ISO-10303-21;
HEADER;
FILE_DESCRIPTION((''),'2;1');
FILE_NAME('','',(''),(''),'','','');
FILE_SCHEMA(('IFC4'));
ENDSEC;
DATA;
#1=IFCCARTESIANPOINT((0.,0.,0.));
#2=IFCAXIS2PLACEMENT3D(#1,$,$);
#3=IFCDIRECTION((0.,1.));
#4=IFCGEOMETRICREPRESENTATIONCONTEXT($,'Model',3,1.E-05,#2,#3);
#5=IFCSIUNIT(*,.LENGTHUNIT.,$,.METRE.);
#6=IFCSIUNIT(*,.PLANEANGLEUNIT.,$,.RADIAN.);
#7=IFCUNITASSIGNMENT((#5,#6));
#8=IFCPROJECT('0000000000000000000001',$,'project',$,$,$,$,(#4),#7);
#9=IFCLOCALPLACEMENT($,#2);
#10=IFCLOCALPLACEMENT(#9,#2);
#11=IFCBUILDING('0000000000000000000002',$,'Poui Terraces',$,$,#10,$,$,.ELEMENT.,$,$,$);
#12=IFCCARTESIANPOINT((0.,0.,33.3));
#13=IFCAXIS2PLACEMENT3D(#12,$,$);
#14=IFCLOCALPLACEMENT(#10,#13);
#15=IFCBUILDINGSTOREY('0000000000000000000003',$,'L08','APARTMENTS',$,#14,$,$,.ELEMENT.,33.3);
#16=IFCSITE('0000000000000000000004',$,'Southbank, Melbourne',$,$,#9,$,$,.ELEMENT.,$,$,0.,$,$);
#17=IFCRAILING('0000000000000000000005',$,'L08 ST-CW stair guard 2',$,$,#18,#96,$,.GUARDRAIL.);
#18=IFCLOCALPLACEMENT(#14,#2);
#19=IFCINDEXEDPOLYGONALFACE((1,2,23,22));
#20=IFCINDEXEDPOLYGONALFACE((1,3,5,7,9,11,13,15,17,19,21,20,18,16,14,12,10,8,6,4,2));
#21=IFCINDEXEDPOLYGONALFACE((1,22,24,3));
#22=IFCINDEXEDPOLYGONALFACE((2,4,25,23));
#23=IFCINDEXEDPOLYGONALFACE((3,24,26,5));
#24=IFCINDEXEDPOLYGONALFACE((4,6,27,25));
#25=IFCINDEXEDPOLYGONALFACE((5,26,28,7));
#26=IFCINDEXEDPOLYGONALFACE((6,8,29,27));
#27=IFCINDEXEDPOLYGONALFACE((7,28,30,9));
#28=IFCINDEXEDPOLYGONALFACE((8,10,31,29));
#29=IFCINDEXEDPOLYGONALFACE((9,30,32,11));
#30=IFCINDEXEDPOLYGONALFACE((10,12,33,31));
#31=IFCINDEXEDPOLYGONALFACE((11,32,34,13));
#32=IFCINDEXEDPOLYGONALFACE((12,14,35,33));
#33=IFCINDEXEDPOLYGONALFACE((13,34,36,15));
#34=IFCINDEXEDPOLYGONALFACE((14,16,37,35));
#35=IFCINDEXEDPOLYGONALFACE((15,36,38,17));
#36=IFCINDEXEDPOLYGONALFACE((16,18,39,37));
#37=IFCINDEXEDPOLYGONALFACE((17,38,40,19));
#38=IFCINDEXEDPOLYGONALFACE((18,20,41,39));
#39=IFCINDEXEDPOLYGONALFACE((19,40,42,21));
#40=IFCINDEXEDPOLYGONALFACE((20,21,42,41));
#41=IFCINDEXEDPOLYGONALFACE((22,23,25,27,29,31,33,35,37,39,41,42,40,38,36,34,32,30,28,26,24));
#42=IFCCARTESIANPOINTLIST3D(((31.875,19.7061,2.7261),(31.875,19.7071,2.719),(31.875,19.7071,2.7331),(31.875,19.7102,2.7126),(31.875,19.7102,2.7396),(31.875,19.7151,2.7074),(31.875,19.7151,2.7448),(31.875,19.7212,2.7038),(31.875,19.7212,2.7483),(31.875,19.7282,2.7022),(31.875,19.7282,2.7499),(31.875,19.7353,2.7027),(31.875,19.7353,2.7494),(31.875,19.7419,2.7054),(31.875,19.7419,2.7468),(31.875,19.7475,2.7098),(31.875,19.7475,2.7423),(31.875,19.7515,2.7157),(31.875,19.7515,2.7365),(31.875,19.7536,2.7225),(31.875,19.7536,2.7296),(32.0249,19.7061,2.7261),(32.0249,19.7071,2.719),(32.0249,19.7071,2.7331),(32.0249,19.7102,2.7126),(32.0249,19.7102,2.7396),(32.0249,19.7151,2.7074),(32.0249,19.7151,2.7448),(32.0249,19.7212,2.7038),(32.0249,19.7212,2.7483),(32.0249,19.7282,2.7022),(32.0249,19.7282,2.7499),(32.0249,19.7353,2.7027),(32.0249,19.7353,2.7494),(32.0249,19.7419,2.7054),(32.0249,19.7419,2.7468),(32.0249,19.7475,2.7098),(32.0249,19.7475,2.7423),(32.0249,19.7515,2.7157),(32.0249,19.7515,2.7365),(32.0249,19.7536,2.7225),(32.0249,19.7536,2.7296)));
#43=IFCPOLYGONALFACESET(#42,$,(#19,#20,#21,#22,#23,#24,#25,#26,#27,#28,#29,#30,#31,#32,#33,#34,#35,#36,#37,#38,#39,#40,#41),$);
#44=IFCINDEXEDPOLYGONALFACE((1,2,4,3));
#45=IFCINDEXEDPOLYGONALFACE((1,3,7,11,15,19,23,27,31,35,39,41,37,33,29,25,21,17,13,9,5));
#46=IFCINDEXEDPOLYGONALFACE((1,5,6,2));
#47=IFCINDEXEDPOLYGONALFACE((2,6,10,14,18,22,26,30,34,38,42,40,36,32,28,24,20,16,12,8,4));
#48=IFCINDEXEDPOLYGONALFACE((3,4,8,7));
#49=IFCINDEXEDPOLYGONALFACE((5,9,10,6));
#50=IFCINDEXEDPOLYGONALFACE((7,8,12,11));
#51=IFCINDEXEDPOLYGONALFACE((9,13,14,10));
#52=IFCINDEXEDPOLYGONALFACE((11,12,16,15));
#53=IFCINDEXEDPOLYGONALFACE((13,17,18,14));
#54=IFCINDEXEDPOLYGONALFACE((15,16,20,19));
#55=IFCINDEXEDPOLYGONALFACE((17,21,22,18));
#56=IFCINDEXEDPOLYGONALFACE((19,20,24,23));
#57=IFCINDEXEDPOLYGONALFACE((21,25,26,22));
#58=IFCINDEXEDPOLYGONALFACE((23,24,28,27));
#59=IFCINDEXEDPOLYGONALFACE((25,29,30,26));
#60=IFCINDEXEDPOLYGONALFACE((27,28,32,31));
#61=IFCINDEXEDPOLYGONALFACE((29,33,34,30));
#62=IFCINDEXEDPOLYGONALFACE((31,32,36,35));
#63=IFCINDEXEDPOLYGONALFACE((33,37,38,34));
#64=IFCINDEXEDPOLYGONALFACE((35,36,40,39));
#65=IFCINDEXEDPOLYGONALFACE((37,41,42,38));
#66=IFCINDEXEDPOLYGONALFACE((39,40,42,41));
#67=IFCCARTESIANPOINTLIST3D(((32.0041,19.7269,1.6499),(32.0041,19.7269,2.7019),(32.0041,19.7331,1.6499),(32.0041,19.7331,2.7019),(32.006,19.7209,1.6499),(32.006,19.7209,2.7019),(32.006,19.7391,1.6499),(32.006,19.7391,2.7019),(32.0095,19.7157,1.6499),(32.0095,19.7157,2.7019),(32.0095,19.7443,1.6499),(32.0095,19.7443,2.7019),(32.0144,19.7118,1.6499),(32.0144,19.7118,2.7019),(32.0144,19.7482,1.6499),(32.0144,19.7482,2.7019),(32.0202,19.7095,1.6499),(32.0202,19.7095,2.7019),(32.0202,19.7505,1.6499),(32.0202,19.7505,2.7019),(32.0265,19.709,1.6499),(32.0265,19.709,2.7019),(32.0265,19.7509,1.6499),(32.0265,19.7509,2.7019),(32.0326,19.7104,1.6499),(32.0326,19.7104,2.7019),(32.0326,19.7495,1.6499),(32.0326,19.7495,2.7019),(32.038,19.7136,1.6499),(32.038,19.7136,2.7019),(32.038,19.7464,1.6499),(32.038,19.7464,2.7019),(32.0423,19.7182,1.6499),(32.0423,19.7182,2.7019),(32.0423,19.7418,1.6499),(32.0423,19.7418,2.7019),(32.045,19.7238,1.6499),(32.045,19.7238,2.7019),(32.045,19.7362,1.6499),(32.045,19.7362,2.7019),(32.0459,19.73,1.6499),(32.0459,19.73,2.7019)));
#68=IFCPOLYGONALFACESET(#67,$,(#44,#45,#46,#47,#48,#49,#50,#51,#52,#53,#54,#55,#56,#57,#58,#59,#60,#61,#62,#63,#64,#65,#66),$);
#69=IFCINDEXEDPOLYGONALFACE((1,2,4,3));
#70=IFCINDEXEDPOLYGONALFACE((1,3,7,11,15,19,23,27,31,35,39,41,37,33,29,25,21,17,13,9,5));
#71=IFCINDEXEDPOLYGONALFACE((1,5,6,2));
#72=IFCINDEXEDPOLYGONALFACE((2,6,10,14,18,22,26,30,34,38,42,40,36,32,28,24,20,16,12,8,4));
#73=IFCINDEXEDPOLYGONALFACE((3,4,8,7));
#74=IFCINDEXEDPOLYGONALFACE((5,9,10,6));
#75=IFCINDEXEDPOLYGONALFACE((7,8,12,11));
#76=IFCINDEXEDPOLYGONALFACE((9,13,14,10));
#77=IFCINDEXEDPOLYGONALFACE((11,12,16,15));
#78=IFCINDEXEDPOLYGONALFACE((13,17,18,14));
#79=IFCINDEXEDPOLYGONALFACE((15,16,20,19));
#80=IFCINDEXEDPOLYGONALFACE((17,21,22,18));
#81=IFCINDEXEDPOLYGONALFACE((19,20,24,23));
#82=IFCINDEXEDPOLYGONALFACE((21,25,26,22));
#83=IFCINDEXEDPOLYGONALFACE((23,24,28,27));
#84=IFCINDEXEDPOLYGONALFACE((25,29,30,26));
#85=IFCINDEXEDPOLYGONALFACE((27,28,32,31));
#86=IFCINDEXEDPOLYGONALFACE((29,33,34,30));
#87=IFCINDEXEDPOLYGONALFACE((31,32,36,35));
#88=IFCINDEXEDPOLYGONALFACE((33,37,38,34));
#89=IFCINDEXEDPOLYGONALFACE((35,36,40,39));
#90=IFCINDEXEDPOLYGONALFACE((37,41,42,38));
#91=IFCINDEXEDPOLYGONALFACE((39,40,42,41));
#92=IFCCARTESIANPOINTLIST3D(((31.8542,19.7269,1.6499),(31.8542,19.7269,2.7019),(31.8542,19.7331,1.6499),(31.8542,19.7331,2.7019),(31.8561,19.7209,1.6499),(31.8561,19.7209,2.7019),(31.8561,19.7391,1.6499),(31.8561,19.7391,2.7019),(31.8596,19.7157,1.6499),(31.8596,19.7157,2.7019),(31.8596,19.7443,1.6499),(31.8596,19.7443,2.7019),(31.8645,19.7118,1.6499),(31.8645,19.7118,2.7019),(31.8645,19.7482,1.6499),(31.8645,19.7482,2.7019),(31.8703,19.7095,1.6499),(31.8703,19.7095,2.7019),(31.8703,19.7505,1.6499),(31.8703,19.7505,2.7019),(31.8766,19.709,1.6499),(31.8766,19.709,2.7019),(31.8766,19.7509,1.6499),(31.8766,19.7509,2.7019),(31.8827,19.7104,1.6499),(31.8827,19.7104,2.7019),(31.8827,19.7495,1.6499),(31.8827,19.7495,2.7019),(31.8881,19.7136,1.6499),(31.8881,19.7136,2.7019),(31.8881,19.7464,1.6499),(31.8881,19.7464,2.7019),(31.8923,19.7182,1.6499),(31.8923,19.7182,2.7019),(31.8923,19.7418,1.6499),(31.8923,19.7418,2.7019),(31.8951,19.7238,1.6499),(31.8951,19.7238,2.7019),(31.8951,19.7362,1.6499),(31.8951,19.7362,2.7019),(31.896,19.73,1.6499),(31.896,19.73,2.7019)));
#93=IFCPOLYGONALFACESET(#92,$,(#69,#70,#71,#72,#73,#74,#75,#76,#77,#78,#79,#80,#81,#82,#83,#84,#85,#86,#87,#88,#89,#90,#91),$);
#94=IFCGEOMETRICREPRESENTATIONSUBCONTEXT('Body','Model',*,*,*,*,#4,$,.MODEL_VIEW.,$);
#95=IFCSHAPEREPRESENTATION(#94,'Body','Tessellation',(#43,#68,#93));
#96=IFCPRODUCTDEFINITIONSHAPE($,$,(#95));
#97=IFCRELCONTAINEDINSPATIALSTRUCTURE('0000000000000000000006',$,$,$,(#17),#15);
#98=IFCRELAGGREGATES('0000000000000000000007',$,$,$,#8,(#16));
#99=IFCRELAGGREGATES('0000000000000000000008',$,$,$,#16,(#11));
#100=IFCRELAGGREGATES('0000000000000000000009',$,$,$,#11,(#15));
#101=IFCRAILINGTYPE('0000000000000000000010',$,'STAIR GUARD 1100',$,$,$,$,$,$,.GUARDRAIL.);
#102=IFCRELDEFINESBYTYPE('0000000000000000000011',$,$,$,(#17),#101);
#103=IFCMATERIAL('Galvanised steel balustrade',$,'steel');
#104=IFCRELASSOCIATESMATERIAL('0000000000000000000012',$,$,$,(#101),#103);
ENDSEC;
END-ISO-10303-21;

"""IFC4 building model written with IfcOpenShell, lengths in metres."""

from ifc_helpers import new_model, si_unit, direction, frame, origin, origin_2d, place, context, subcontext, project, spatial, circle, extrude, material, type_object, element, save


model = new_model("IFC4")

# Units and contexts
model_context = context("Model", 3, precision=1e-05, world=origin(), true_north=direction((0.0, 1.0)))
body_context = subcontext(model_context, "Body", "Model", "MODEL_VIEW")
ifc_project = project(units=[si_unit("LENGTHUNIT", "METRE"), si_unit("PLANEANGLEUNIT", "RADIAN")], contexts=[model_context])

# Site, building, storey
site_placement = place(None, origin())
site = spatial("IfcSite", under=ifc_project, at=site_placement, Name="Southbank, Melbourne", CompositionType="ELEMENT", RefElevation=0.0)
building_placement = place(site_placement, origin())
building = spatial("IfcBuilding", under=site, at=building_placement, Name="Poui Terraces", CompositionType="ELEMENT")
storey_placement = place(building_placement, frame((0.0, 0.0, 33.3)))
storey = spatial("IfcBuildingStorey", under=building, at=storey_placement, Name="L08", Description="APARTMENTS", CompositionType="ELEMENT", Elevation=33.3)

# Railing
ifc_material_1 = material(Name="Galvanised steel balustrade", Category="steel")
railing_type_1 = type_object("IfcRailingType", Name="STAIR GUARD 1100", PredefinedType="GUARDRAIL", material=ifc_material_1)
railing_1_placement = place(storey_placement, frame((32.0249, 19.73, 1.6499)))
element("IfcRailing", 1, at=railing_1_placement, inside=storey, type_object=railing_type_1, Name="L08 ST-CW stair guard 2", PredefinedType="GUARDRAIL", context=body_context, shape_type="SweptSolid", body=[
    extrude(circle(Radius=0.0239, at=origin_2d()), frame((0.0, 0.0, 1.0762), z_axis=(-1.0, 0.0, 0.0), x_axis=(0.0, -1.0, 0.0)), (0.0, 0.0, 1.0), 0.1499),
    extrude(circle(Radius=0.021, at=origin_2d()), origin(), (0.0, 0.0, 1.0), 1.052),
    extrude(circle(Radius=0.021, at=origin_2d()), frame((-0.1499, 0.0, 0.0)), (0.0, 0.0, 1.0), 1.052),
])

save(model, "model.ifc")
